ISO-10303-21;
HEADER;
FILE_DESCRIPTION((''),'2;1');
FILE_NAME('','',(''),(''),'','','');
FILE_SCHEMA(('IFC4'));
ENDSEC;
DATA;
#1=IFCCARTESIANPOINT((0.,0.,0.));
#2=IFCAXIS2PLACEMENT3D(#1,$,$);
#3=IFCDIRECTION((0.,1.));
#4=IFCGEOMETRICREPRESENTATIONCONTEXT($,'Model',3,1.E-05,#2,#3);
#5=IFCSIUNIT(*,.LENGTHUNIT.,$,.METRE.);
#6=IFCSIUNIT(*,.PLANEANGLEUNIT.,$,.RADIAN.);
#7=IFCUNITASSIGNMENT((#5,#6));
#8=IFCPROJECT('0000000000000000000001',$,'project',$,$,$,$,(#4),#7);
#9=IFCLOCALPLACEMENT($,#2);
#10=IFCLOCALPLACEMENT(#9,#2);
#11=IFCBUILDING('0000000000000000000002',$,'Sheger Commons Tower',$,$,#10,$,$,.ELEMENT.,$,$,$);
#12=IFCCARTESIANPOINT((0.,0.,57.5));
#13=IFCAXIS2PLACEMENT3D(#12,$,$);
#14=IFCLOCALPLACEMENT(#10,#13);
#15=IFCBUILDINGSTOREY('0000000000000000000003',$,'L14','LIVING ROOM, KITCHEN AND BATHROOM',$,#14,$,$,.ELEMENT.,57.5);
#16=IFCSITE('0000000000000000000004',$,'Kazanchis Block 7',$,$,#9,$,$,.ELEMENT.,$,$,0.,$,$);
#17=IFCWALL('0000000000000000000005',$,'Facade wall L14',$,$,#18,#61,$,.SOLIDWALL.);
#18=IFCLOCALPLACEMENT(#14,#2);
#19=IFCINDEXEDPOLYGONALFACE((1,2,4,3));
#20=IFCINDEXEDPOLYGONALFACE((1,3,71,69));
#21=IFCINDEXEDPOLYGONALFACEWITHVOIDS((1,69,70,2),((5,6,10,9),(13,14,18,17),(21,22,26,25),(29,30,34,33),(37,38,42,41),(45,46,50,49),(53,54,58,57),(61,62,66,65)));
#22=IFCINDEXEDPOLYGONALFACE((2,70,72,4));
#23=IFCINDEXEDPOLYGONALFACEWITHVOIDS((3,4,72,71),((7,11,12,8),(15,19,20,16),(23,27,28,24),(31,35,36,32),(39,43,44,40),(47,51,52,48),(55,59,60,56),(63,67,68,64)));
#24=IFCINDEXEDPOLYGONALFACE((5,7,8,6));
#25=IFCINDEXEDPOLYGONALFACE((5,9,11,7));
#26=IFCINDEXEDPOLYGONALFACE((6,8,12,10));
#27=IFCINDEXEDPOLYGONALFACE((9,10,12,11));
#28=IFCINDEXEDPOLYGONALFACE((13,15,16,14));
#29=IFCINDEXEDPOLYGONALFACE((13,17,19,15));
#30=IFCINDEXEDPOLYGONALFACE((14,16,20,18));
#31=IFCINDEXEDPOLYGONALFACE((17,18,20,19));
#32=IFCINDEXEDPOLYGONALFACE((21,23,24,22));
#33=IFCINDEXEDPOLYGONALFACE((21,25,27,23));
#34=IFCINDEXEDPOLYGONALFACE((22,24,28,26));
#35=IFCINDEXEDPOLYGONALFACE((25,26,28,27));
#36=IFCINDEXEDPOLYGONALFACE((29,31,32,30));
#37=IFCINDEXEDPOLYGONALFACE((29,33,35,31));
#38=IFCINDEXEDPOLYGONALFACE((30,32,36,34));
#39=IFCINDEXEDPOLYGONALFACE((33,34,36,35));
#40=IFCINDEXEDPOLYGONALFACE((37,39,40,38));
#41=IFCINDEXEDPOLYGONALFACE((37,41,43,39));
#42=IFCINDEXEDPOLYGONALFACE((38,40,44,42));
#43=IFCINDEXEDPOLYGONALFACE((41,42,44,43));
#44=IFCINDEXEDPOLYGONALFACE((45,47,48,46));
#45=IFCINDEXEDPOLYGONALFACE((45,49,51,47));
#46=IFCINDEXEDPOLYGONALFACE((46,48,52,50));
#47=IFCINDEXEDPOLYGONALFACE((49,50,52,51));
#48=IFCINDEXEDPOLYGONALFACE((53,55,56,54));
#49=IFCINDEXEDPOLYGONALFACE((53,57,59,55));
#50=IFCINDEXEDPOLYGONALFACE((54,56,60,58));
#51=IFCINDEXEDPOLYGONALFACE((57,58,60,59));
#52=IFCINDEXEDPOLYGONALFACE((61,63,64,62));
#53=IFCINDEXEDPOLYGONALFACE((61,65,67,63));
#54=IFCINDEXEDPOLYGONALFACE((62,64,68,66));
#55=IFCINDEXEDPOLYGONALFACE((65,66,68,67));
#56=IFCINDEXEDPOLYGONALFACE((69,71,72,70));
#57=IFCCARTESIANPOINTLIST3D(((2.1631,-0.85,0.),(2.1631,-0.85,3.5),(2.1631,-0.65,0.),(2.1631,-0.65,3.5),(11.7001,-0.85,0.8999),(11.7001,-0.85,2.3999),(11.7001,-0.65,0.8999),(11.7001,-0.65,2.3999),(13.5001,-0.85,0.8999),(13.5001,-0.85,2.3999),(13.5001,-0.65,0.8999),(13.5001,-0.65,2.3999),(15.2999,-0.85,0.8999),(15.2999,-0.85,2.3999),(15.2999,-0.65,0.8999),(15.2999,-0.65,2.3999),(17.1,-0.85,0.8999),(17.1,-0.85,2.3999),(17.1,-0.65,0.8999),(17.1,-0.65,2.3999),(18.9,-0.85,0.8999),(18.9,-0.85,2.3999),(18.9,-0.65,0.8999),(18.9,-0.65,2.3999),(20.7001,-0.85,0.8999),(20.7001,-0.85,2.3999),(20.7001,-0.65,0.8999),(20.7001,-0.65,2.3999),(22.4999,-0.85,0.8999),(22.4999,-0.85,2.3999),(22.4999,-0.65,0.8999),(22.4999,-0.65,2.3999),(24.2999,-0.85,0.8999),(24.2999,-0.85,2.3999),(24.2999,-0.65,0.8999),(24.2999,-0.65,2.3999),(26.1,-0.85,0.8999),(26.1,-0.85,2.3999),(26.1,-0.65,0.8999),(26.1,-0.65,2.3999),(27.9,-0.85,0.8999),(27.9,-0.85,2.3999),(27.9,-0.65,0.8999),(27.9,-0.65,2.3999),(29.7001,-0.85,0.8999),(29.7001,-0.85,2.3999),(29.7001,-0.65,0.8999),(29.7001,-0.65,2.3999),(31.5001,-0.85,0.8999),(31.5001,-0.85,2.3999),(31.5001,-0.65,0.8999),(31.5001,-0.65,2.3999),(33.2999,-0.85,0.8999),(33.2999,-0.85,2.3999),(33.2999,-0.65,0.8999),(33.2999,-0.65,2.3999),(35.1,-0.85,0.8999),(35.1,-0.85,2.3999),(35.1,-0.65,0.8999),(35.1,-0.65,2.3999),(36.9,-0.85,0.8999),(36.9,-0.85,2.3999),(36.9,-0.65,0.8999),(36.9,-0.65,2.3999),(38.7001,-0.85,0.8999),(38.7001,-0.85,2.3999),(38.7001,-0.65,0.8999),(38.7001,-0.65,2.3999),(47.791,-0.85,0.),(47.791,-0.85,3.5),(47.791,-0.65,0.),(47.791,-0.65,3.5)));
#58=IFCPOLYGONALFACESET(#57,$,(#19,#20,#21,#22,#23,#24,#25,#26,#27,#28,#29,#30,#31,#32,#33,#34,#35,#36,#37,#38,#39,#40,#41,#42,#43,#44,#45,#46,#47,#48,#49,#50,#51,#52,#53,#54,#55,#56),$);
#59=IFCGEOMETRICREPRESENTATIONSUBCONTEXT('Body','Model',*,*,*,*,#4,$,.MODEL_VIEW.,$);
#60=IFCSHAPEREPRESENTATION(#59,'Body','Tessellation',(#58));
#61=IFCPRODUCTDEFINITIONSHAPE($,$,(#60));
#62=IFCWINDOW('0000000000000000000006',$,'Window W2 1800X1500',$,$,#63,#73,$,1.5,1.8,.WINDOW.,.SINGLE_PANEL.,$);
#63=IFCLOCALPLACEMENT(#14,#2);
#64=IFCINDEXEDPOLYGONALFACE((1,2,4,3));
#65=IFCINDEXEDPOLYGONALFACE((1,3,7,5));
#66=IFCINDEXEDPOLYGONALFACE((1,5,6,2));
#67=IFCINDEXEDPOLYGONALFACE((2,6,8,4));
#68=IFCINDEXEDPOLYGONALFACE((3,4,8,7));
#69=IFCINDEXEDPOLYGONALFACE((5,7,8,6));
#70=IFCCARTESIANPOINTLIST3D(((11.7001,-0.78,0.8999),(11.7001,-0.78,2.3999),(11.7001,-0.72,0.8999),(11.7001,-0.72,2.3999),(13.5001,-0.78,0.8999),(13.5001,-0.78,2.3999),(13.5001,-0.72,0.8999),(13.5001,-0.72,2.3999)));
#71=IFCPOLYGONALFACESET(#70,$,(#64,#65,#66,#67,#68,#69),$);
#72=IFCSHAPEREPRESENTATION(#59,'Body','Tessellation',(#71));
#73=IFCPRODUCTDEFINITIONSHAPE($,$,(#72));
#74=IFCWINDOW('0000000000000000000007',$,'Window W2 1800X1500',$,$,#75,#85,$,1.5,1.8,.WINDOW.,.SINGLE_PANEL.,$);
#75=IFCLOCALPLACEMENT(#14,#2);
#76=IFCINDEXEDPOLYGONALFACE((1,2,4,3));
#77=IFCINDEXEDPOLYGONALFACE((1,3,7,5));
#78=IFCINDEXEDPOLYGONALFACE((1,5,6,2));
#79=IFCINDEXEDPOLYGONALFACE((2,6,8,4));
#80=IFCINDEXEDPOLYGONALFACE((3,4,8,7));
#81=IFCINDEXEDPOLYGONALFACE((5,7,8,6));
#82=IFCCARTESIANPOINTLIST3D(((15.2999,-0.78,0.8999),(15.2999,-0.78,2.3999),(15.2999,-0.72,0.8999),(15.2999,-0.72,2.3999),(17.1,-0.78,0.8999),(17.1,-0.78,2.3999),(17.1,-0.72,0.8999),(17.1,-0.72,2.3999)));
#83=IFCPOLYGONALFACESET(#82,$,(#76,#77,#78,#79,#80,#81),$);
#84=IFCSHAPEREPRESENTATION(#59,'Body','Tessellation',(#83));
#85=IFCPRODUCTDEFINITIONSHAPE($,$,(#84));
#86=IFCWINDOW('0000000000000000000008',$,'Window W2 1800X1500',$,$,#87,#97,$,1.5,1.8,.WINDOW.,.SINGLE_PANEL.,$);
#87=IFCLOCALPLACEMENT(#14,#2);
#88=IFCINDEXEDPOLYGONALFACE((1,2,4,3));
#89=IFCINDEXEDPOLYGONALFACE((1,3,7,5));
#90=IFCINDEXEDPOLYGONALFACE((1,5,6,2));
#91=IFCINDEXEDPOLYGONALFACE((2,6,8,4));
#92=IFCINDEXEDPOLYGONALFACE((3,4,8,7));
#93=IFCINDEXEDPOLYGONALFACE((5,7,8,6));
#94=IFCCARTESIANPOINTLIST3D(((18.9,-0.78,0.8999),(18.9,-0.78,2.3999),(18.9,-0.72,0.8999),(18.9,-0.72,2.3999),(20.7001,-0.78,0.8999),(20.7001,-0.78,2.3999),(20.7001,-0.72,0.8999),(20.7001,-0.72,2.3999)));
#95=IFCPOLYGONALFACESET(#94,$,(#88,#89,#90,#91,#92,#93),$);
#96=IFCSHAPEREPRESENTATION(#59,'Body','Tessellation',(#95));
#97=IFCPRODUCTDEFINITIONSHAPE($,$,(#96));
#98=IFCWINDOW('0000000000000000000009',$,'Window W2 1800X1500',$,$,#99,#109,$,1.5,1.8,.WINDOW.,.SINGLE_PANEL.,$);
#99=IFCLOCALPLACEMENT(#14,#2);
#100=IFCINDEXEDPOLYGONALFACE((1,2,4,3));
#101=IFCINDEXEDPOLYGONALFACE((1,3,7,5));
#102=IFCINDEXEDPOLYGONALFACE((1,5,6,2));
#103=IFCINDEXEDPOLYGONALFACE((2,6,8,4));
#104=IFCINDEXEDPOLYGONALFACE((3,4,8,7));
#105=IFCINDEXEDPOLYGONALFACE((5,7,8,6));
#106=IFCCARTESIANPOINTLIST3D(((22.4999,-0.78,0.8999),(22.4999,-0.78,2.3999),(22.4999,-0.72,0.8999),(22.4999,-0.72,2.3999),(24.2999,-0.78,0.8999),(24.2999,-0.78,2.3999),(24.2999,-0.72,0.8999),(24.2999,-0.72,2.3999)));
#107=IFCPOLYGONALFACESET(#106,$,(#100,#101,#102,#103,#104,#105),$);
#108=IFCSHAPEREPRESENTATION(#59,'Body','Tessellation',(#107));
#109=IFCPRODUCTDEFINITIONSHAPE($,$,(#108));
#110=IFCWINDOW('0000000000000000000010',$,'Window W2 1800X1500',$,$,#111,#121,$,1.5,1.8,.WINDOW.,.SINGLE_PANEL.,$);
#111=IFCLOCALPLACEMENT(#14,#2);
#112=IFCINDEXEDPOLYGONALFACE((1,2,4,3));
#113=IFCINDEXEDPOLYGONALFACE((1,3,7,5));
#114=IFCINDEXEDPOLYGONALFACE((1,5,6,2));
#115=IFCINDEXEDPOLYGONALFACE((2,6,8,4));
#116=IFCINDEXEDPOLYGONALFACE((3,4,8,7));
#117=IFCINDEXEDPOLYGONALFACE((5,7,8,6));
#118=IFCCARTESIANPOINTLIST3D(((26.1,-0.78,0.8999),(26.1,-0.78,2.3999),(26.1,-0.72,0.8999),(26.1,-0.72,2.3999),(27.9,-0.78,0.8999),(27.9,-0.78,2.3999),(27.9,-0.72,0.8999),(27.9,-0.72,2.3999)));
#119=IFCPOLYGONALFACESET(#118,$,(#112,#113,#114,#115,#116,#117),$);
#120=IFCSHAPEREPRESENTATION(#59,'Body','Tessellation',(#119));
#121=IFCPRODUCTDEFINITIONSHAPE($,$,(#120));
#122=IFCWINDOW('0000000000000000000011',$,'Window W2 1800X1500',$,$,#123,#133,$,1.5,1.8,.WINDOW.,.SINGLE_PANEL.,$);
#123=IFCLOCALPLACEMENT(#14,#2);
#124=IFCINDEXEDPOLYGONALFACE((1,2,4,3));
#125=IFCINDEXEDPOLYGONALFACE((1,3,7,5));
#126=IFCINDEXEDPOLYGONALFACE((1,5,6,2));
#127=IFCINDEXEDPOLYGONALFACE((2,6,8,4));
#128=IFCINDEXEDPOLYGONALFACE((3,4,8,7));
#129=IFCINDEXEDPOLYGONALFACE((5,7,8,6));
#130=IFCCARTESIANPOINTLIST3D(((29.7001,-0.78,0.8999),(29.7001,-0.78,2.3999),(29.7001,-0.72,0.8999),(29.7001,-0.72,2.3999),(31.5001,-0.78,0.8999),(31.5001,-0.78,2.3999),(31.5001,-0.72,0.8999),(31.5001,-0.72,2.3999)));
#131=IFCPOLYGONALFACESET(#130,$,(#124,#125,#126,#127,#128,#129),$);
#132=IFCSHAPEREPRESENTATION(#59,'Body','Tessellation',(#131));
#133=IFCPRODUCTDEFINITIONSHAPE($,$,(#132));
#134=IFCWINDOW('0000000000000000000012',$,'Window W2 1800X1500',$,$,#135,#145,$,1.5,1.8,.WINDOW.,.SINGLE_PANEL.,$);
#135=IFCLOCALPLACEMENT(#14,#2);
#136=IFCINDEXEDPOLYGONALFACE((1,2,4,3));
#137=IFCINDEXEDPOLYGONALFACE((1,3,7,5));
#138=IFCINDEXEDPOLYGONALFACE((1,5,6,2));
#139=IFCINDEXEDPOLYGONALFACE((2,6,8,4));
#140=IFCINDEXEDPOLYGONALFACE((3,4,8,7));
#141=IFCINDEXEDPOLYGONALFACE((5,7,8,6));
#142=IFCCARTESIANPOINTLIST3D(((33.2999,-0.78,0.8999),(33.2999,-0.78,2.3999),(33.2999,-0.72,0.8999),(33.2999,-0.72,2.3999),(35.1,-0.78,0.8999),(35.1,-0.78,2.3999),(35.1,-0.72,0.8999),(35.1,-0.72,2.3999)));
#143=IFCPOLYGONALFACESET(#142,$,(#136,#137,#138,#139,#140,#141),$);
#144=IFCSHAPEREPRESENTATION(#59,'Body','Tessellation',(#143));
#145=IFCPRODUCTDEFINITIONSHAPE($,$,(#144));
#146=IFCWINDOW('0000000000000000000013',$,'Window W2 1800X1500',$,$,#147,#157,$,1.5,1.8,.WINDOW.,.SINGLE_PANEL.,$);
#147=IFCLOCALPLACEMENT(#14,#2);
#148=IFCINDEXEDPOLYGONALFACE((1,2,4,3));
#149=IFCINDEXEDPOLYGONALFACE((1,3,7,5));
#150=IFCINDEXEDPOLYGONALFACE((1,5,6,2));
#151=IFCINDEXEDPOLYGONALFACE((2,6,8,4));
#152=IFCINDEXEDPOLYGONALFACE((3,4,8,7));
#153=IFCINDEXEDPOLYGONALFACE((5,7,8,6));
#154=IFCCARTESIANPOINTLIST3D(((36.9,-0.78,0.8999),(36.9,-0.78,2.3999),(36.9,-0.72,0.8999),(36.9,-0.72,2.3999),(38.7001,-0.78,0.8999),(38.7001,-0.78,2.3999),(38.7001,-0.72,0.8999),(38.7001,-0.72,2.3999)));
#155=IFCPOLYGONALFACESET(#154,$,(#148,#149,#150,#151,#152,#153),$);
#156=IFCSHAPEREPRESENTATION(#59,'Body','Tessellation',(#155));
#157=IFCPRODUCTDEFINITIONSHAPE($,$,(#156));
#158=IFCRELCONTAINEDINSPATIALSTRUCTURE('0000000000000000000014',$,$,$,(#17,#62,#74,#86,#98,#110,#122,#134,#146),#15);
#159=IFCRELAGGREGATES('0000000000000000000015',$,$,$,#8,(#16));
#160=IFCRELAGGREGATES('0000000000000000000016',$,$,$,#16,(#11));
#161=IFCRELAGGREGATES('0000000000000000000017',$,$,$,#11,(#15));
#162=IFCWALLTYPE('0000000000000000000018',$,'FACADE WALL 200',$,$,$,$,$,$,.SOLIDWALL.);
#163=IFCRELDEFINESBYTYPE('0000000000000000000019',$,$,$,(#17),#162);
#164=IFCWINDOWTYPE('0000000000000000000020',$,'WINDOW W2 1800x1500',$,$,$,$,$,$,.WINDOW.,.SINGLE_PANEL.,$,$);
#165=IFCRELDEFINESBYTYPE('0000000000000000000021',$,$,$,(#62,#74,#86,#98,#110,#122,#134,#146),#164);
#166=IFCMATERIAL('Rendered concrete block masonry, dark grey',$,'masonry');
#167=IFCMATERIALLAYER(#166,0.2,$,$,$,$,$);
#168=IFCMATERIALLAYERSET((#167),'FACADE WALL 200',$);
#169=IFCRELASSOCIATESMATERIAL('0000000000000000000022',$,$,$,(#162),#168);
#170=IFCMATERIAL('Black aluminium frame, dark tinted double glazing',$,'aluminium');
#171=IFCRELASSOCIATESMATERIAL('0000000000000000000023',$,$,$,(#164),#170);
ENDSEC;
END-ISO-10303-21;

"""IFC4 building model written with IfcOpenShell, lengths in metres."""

from ifc_helpers import new_model, si_unit, direction, frame, frame_2d, origin, place, context, subcontext, project, spatial, rectangle, extrude, material, layer, layer_set, type_object, element, fill, save


model = new_model("IFC4")

# Units and contexts
model_context = context("Model", 3, precision=1e-05, world=origin(), true_north=direction((0.0, 1.0)))
body_context = subcontext(model_context, "Body", "Model", "MODEL_VIEW")
ifc_project = project(units=[si_unit("LENGTHUNIT", "METRE"), si_unit("PLANEANGLEUNIT", "RADIAN")], contexts=[model_context])

# Site, building, storey
site_placement = place(None, origin())
site = spatial("IfcSite", under=ifc_project, at=site_placement, Name="Kazanchis Block 7", CompositionType="ELEMENT", RefElevation=0.0)
building_placement = place(site_placement, origin())
building = spatial("IfcBuilding", under=site, at=building_placement, Name="Sheger Commons Tower", CompositionType="ELEMENT")
storey_placement = place(building_placement, frame((0.0, 0.0, 57.5)))
storey = spatial("IfcBuildingStorey", under=building, at=storey_placement, Name="L14", Description="LIVING ROOM, KITCHEN AND BATHROOM", CompositionType="ELEMENT", Elevation=57.5)

# Wall, openings, windows
ifc_material_1 = material(Name="Rendered concrete block masonry, dark grey", Category="masonry")
ifc_layer_1 = layer(ifc_material_1, 0.2)
ifc_layer_set_1 = layer_set([ifc_layer_1], Name="FACADE WALL 200")
wall_type_1 = type_object("IfcWallType", Name="FACADE WALL 200", PredefinedType="SOLIDWALL", material=ifc_layer_set_1)
wall_1_placement = place(storey_placement, frame((2.1631, -0.75, 0.0), z_axis=(0.0, 0.0, 1.0), x_axis=(1.0, 0.0, 0.0)))
wall_1 = element("IfcWall", 1, at=wall_1_placement, inside=storey, type_object=wall_type_1, Name="Facade wall L14", PredefinedType="SOLIDWALL", context=body_context, shape_type="SweptSolid", body=[
    extrude(rectangle(XDim=45.6279, YDim=0.2, at=frame_2d((22.814, 0.0))), origin(), (0.0, 0.0, 1.0), 3.5),
])
opening_1_placement = place(wall_1_placement, frame((9.5371, 0.0, 0.8999)))
opening_1 = element("IfcOpeningElement", 2, at=opening_1_placement, cuts=wall_1, PredefinedType="OPENING", context=body_context, shape_type="SweptSolid", body=[
    extrude(rectangle(XDim=1.8, YDim=1.5, at=frame_2d((0.8999, 0.75))), frame((0.0, 0.1099, 0.0), z_axis=(0.0, -1.0, 0.0), x_axis=(1.0, 0.0, 0.0)), (0.0, 0.0, 1.0), 0.22),
])
opening_2_placement = place(wall_1_placement, frame((13.137, 0.0, 0.8999)))
opening_2 = element("IfcOpeningElement", 3, at=opening_2_placement, cuts=wall_1, PredefinedType="OPENING", context=body_context, shape_type="SweptSolid", body=[
    extrude(rectangle(XDim=1.8, YDim=1.5, at=frame_2d((0.8999, 0.75))), frame((0.0, 0.1099, 0.0), z_axis=(0.0, -1.0, 0.0), x_axis=(1.0, 0.0, 0.0)), (0.0, 0.0, 1.0), 0.22),
])
opening_3_placement = place(wall_1_placement, frame((16.7371, 0.0, 0.8999)))
opening_3 = element("IfcOpeningElement", 4, at=opening_3_placement, cuts=wall_1, PredefinedType="OPENING", context=body_context, shape_type="SweptSolid", body=[
    extrude(rectangle(XDim=1.8, YDim=1.5, at=frame_2d((0.8999, 0.75))), frame((0.0, 0.1099, 0.0), z_axis=(0.0, -1.0, 0.0), x_axis=(1.0, 0.0, 0.0)), (0.0, 0.0, 1.0), 0.22),
])
opening_4_placement = place(wall_1_placement, frame((20.3369, 0.0, 0.8999)))
opening_4 = element("IfcOpeningElement", 5, at=opening_4_placement, cuts=wall_1, PredefinedType="OPENING", context=body_context, shape_type="SweptSolid", body=[
    extrude(rectangle(XDim=1.8, YDim=1.5, at=frame_2d((0.8999, 0.75))), frame((0.0, 0.1099, 0.0), z_axis=(0.0, -1.0, 0.0), x_axis=(1.0, 0.0, 0.0)), (0.0, 0.0, 1.0), 0.22),
])
opening_5_placement = place(wall_1_placement, frame((23.937, 0.0, 0.8999)))
opening_5 = element("IfcOpeningElement", 6, at=opening_5_placement, cuts=wall_1, PredefinedType="OPENING", context=body_context, shape_type="SweptSolid", body=[
    extrude(rectangle(XDim=1.8, YDim=1.5, at=frame_2d((0.8999, 0.75))), frame((0.0, 0.1099, 0.0), z_axis=(0.0, -1.0, 0.0), x_axis=(1.0, 0.0, 0.0)), (0.0, 0.0, 1.0), 0.22),
])
opening_6_placement = place(wall_1_placement, frame((27.5371, 0.0, 0.8999)))
opening_6 = element("IfcOpeningElement", 7, at=opening_6_placement, cuts=wall_1, PredefinedType="OPENING", context=body_context, shape_type="SweptSolid", body=[
    extrude(rectangle(XDim=1.8, YDim=1.5, at=frame_2d((0.8999, 0.75))), frame((0.0, 0.1099, 0.0), z_axis=(0.0, -1.0, 0.0), x_axis=(1.0, 0.0, 0.0)), (0.0, 0.0, 1.0), 0.22),
])
opening_7_placement = place(wall_1_placement, frame((31.137, 0.0, 0.8999)))
opening_7 = element("IfcOpeningElement", 8, at=opening_7_placement, cuts=wall_1, PredefinedType="OPENING", context=body_context, shape_type="SweptSolid", body=[
    extrude(rectangle(XDim=1.8, YDim=1.5, at=frame_2d((0.8999, 0.75))), frame((0.0, 0.1099, 0.0), z_axis=(0.0, -1.0, 0.0), x_axis=(1.0, 0.0, 0.0)), (0.0, 0.0, 1.0), 0.22),
])
opening_8_placement = place(wall_1_placement, frame((34.7371, 0.0, 0.8999)))
opening_8 = element("IfcOpeningElement", 9, at=opening_8_placement, cuts=wall_1, PredefinedType="OPENING", context=body_context, shape_type="SweptSolid", body=[
    extrude(rectangle(XDim=1.8, YDim=1.5, at=frame_2d((0.8999, 0.75))), frame((0.0, 0.1099, 0.0), z_axis=(0.0, -1.0, 0.0), x_axis=(1.0, 0.0, 0.0)), (0.0, 0.0, 1.0), 0.22),
])
ifc_material_2 = material(Name="Black aluminium frame, dark tinted double glazing", Category="aluminium")
window_type = type_object("IfcWindowType", Name="WINDOW W2 1800x1500", PartitioningType="SINGLE_PANEL", PredefinedType="WINDOW", material=ifc_material_2)
window_1_placement = place(opening_1_placement, origin())
window_1 = element("IfcWindow", 10, at=window_1_placement, inside=storey, type_object=window_type, Name="Window W2 1800X1500", OverallHeight=1.5, OverallWidth=1.8, PartitioningType="SINGLE_PANEL", PredefinedType="WINDOW", context=body_context, shape_type="SweptSolid", body=[
    extrude(rectangle(XDim=1.8, YDim=1.5, at=frame_2d((0.8999, 0.75))), frame((0.0, 0.03, 0.0), z_axis=(0.0, -1.0, 0.0), x_axis=(1.0, 0.0, 0.0)), (0.0, 0.0, 1.0), 0.0601),
])
fill(opening_1, window_1)
window_2_placement = place(opening_2_placement, origin())
window_2 = element("IfcWindow", 11, at=window_2_placement, inside=storey, type_object=window_type, Name="Window W2 1800X1500", OverallHeight=1.5, OverallWidth=1.8, PartitioningType="SINGLE_PANEL", PredefinedType="WINDOW", context=body_context, shape_type="SweptSolid", body=[
    extrude(rectangle(XDim=1.8, YDim=1.5, at=frame_2d((0.8999, 0.75))), frame((0.0, 0.03, 0.0), z_axis=(0.0, -1.0, 0.0), x_axis=(1.0, 0.0, 0.0)), (0.0, 0.0, 1.0), 0.0601),
])
fill(opening_2, window_2)
window_3_placement = place(opening_3_placement, origin())
window_3 = element("IfcWindow", 12, at=window_3_placement, inside=storey, type_object=window_type, Name="Window W2 1800X1500", OverallHeight=1.5, OverallWidth=1.8, PartitioningType="SINGLE_PANEL", PredefinedType="WINDOW", context=body_context, shape_type="SweptSolid", body=[
    extrude(rectangle(XDim=1.8, YDim=1.5, at=frame_2d((0.8999, 0.75))), frame((0.0, 0.03, 0.0), z_axis=(0.0, -1.0, 0.0), x_axis=(1.0, 0.0, 0.0)), (0.0, 0.0, 1.0), 0.0601),
])
fill(opening_3, window_3)
window_4_placement = place(opening_4_placement, origin())
window_4 = element("IfcWindow", 13, at=window_4_placement, inside=storey, type_object=window_type, Name="Window W2 1800X1500", OverallHeight=1.5, OverallWidth=1.8, PartitioningType="SINGLE_PANEL", PredefinedType="WINDOW", context=body_context, shape_type="SweptSolid", body=[
    extrude(rectangle(XDim=1.8, YDim=1.5, at=frame_2d((0.8999, 0.75))), frame((0.0, 0.03, 0.0), z_axis=(0.0, -1.0, 0.0), x_axis=(1.0, 0.0, 0.0)), (0.0, 0.0, 1.0), 0.0601),
])
fill(opening_4, window_4)
window_5_placement = place(opening_5_placement, origin())
window_5 = element("IfcWindow", 14, at=window_5_placement, inside=storey, type_object=window_type, Name="Window W2 1800X1500", OverallHeight=1.5, OverallWidth=1.8, PartitioningType="SINGLE_PANEL", PredefinedType="WINDOW", context=body_context, shape_type="SweptSolid", body=[
    extrude(rectangle(XDim=1.8, YDim=1.5, at=frame_2d((0.8999, 0.75))), frame((0.0, 0.03, 0.0), z_axis=(0.0, -1.0, 0.0), x_axis=(1.0, 0.0, 0.0)), (0.0, 0.0, 1.0), 0.0601),
])
fill(opening_5, window_5)
window_6_placement = place(opening_6_placement, origin())
window_6 = element("IfcWindow", 15, at=window_6_placement, inside=storey, type_object=window_type, Name="Window W2 1800X1500", OverallHeight=1.5, OverallWidth=1.8, PartitioningType="SINGLE_PANEL", PredefinedType="WINDOW", context=body_context, shape_type="SweptSolid", body=[
    extrude(rectangle(XDim=1.8, YDim=1.5, at=frame_2d((0.8999, 0.75))), frame((0.0, 0.03, 0.0), z_axis=(0.0, -1.0, 0.0), x_axis=(1.0, 0.0, 0.0)), (0.0, 0.0, 1.0), 0.0601),
])
fill(opening_6, window_6)
window_7_placement = place(opening_7_placement, origin())
window_7 = element("IfcWindow", 16, at=window_7_placement, inside=storey, type_object=window_type, Name="Window W2 1800X1500", OverallHeight=1.5, OverallWidth=1.8, PartitioningType="SINGLE_PANEL", PredefinedType="WINDOW", context=body_context, shape_type="SweptSolid", body=[
    extrude(rectangle(XDim=1.8, YDim=1.5, at=frame_2d((0.8999, 0.75))), frame((0.0, 0.03, 0.0), z_axis=(0.0, -1.0, 0.0), x_axis=(1.0, 0.0, 0.0)), (0.0, 0.0, 1.0), 0.0601),
])
fill(opening_7, window_7)
window_8_placement = place(opening_8_placement, origin())
window_8 = element("IfcWindow", 17, at=window_8_placement, inside=storey, type_object=window_type, Name="Window W2 1800X1500", OverallHeight=1.5, OverallWidth=1.8, PartitioningType="SINGLE_PANEL", PredefinedType="WINDOW", context=body_context, shape_type="SweptSolid", body=[
    extrude(rectangle(XDim=1.8, YDim=1.5, at=frame_2d((0.8999, 0.75))), frame((0.0, 0.03, 0.0), z_axis=(0.0, -1.0, 0.0), x_axis=(1.0, 0.0, 0.0)), (0.0, 0.0, 1.0), 0.0601),
])
fill(opening_8, window_8)

save(model, "model.ifc")
